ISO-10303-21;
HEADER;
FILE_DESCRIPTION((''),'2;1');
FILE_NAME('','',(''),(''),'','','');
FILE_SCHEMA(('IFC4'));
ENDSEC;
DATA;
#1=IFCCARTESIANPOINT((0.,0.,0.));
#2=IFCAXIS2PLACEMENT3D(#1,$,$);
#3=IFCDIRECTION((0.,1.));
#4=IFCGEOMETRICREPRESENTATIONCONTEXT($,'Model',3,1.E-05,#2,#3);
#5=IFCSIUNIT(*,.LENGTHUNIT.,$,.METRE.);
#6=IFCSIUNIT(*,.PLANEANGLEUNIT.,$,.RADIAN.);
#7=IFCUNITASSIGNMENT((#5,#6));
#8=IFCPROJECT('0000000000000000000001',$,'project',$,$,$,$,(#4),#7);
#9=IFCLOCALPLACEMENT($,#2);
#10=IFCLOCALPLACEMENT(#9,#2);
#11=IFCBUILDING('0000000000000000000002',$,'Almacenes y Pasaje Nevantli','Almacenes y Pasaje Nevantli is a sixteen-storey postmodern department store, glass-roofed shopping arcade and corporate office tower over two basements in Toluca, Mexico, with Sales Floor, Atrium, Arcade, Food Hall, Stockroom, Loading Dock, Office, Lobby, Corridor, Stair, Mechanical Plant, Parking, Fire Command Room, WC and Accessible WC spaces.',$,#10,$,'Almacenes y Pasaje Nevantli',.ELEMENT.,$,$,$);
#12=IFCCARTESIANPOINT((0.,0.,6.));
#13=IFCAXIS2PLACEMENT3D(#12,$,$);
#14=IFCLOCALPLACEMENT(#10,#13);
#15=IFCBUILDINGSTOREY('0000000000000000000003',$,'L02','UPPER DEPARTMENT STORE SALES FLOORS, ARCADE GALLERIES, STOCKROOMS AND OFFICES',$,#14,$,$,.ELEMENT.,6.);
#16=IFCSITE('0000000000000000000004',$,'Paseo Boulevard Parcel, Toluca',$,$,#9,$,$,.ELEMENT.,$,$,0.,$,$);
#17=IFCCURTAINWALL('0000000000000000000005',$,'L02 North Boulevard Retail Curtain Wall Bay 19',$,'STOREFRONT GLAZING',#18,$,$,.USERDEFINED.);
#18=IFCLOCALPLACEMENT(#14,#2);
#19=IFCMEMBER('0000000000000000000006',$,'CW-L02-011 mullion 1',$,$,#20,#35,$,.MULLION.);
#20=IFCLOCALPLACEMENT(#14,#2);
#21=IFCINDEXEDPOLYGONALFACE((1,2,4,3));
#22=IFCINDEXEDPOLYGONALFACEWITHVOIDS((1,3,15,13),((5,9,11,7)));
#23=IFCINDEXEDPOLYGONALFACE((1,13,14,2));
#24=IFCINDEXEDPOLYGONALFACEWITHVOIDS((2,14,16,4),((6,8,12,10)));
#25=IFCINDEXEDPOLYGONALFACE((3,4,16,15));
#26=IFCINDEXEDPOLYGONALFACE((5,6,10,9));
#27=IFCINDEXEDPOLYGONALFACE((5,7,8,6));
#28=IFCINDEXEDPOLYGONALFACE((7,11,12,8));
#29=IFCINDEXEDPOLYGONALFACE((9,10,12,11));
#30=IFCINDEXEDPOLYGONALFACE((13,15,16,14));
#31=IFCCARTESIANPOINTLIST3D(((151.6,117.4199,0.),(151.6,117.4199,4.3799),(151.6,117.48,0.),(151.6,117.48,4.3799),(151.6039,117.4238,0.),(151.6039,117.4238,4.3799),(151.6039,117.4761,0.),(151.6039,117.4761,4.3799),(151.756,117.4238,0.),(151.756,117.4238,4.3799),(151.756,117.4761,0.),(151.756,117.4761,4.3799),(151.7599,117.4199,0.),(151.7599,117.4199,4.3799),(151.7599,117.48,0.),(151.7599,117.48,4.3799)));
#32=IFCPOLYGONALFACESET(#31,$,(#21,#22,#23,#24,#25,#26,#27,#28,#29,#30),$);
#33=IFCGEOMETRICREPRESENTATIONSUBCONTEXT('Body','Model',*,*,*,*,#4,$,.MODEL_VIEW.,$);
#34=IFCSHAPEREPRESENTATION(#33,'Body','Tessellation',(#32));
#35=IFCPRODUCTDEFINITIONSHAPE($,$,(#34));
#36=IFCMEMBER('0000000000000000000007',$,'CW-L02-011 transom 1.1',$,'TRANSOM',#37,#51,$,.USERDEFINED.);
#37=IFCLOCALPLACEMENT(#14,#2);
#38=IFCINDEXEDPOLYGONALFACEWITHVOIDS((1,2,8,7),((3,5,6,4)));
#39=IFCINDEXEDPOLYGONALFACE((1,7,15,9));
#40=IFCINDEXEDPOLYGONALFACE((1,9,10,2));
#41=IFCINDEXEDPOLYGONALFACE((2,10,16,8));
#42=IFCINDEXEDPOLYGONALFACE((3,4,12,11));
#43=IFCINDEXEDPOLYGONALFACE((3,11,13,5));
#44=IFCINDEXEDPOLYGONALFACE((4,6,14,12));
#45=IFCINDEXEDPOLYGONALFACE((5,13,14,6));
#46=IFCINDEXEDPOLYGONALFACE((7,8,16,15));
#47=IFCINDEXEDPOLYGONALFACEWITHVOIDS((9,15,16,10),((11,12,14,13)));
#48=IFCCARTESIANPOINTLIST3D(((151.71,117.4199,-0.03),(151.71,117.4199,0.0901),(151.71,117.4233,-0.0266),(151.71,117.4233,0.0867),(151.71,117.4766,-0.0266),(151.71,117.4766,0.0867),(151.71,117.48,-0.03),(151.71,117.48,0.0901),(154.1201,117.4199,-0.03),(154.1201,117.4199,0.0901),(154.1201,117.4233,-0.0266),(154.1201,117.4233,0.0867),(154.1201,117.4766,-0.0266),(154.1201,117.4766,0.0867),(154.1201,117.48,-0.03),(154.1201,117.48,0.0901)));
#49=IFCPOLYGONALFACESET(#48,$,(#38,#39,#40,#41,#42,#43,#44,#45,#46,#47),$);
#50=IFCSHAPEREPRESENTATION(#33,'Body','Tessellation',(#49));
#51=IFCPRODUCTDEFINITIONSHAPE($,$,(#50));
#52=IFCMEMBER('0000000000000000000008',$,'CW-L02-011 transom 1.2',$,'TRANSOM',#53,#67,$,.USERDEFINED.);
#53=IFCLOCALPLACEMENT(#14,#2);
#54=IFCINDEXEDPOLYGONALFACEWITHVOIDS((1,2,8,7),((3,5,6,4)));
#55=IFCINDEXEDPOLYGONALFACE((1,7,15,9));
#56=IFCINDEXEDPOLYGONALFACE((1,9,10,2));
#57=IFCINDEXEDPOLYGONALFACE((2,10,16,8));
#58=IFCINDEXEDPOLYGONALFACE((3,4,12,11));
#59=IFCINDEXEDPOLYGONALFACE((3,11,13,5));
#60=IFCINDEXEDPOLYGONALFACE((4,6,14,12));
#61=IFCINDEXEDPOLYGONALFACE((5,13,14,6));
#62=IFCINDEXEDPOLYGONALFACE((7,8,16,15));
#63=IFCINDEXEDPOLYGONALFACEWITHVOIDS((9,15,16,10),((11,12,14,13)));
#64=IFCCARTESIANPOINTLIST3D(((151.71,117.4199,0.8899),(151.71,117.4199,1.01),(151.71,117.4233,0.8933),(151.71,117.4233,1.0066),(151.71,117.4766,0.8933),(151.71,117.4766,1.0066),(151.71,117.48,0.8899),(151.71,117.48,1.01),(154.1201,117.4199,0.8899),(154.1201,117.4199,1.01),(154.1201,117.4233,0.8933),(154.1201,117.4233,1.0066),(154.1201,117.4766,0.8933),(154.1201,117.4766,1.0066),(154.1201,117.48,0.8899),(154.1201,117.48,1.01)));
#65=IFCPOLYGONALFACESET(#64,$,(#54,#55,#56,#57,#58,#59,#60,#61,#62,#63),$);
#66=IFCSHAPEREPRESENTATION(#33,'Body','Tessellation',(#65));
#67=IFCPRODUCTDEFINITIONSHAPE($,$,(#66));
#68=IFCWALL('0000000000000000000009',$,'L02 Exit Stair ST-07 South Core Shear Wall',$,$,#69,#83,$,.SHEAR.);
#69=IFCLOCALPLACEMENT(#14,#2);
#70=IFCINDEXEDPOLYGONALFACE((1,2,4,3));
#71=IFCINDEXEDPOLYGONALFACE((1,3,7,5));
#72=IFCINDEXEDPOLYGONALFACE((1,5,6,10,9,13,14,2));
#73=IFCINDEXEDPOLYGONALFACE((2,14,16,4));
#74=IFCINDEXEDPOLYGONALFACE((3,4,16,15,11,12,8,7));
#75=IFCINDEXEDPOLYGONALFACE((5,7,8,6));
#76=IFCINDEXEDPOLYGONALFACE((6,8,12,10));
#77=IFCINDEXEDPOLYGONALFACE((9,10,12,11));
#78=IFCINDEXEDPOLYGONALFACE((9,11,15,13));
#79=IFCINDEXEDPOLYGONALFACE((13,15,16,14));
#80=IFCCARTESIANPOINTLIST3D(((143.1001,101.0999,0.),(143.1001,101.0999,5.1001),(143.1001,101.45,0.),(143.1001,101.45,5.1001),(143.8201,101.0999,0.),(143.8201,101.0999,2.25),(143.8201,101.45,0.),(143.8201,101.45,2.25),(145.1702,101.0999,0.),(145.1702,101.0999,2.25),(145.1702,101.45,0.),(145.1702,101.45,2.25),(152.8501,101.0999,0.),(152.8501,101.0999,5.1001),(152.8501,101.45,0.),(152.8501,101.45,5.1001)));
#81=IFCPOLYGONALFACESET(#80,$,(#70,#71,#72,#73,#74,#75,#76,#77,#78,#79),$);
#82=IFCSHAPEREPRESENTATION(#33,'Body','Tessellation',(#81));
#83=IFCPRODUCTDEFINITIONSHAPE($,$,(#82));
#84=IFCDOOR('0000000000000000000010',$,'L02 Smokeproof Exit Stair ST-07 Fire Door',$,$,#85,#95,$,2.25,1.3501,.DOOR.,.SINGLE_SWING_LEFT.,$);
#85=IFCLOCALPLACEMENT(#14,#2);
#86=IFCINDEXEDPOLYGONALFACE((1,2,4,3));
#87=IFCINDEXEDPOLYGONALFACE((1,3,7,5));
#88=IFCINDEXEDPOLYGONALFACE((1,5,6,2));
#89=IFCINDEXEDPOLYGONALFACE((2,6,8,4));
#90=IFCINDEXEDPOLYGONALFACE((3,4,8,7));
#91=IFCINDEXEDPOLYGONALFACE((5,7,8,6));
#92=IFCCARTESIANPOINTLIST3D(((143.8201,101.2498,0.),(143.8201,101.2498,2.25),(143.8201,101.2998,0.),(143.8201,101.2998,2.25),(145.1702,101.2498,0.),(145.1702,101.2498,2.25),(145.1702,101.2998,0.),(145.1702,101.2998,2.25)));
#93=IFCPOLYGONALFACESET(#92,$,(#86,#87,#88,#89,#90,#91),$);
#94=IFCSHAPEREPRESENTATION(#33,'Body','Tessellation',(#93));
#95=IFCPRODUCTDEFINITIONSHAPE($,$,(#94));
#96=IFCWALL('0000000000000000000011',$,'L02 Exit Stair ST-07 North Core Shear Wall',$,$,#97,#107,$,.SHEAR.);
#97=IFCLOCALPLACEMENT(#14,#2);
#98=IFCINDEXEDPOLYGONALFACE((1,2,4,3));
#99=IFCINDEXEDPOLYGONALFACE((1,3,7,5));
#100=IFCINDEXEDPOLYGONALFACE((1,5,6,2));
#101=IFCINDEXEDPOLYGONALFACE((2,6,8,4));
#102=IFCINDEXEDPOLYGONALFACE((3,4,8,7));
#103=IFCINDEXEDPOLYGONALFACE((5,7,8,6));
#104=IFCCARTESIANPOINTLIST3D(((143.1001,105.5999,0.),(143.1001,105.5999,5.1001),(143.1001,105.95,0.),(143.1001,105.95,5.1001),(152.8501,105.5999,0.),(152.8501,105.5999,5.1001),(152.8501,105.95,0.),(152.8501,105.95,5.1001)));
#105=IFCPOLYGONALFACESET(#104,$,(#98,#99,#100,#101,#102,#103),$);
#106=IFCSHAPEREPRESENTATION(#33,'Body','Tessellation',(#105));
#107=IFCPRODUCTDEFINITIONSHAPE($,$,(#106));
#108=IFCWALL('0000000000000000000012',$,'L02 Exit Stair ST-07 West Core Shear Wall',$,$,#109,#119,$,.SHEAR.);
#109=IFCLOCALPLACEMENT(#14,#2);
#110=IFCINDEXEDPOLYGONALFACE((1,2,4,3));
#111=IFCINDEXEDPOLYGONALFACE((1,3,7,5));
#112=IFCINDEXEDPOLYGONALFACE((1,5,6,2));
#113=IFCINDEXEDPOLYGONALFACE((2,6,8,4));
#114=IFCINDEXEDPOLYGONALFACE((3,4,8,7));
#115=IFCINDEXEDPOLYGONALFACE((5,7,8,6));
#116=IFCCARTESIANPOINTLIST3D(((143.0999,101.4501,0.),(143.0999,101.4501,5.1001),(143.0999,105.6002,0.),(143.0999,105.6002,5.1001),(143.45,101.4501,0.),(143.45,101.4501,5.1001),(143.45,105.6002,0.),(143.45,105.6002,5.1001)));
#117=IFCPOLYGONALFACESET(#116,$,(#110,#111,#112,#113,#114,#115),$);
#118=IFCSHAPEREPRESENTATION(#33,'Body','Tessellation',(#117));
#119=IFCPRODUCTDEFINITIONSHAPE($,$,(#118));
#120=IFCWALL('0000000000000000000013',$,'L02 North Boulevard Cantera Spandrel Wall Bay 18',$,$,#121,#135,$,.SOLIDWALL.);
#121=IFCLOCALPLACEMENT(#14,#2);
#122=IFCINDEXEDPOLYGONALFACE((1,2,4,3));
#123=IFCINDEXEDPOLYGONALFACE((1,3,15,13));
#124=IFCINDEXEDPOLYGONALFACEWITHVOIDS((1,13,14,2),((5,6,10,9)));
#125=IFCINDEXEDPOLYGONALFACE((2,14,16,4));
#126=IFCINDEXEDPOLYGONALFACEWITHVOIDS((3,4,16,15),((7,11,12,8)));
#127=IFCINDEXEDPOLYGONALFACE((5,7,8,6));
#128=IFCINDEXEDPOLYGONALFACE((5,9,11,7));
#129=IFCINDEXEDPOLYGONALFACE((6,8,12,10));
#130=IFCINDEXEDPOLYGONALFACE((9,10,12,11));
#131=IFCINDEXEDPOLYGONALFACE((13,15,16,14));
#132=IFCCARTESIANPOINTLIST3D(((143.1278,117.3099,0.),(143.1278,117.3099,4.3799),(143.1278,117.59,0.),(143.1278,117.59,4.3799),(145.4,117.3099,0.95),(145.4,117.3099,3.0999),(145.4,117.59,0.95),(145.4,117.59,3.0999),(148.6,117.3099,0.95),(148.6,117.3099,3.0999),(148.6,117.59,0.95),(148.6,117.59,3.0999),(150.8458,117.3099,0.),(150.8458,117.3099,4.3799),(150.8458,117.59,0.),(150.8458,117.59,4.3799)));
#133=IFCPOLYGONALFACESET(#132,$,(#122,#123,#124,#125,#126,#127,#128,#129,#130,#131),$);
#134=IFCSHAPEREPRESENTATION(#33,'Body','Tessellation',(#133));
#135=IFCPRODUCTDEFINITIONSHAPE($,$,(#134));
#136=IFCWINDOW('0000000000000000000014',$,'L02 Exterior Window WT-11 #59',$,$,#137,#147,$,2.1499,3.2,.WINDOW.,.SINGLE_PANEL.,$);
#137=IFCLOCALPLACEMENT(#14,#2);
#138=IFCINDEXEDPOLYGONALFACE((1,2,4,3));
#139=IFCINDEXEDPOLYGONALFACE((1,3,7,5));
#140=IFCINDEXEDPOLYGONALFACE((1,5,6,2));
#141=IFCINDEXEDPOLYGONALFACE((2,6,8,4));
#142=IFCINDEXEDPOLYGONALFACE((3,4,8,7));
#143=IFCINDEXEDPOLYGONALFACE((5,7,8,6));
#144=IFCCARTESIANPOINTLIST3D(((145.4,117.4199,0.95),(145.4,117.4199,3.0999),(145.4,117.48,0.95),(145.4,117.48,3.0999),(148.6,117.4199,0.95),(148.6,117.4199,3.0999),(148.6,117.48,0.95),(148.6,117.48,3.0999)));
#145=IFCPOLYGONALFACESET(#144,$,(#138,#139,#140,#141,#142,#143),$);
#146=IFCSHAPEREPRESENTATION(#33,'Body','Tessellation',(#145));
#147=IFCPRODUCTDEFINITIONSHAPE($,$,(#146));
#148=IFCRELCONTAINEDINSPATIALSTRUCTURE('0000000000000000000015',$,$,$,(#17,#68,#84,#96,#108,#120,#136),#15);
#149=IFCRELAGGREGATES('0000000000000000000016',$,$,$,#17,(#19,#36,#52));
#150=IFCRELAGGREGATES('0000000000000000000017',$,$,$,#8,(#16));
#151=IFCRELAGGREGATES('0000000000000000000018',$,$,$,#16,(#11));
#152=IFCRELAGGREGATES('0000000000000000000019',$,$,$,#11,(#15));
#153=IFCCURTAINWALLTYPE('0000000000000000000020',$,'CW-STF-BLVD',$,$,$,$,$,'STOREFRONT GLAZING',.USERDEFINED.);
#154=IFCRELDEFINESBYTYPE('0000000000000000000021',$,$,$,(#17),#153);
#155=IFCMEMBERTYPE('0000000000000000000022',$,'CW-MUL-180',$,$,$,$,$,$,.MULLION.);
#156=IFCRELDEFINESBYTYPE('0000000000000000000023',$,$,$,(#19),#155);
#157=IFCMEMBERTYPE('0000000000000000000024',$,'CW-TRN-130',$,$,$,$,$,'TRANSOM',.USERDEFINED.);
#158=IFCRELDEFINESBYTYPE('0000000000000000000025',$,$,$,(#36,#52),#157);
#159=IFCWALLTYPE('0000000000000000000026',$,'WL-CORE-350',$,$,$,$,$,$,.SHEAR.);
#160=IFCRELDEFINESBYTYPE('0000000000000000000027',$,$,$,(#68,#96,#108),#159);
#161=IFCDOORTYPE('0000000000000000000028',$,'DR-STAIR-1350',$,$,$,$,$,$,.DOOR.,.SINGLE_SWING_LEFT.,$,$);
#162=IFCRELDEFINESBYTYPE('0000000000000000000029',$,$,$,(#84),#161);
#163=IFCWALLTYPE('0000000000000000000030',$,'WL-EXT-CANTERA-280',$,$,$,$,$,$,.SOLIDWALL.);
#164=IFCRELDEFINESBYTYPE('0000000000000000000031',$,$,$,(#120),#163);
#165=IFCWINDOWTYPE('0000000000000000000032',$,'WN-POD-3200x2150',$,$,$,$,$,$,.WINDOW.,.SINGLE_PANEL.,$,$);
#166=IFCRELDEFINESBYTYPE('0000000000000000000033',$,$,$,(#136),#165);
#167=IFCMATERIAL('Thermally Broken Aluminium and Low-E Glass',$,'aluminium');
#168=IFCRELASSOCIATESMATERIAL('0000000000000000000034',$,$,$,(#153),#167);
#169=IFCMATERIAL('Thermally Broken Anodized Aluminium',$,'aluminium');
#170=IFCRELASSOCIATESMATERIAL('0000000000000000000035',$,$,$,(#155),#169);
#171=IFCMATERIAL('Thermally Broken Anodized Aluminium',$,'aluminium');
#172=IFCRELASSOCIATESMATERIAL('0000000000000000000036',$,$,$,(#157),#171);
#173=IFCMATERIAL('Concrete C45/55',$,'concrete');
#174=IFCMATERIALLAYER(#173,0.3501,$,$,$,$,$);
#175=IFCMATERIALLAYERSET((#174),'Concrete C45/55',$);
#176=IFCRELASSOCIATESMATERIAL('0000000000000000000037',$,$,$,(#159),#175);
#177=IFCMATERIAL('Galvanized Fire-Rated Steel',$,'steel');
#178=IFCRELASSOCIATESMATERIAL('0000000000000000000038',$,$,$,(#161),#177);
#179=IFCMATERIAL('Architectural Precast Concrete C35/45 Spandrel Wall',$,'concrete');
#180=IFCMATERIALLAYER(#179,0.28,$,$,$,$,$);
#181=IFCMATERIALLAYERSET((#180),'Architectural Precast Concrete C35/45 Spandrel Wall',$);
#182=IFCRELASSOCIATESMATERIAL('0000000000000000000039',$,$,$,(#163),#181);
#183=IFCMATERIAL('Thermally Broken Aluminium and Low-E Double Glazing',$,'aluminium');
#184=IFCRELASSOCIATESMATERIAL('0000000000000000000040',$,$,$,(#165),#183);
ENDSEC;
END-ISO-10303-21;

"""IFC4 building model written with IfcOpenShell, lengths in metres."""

from ifc_helpers import new_model, si_unit, direction, frame, frame_2d, origin, origin_2d, place, context, subcontext, project, spatial, rectangle, hollow_rectangle, extrude, material, layer, layer_set, material_profile, profile_set, type_object, element, fill, aggregate, save


model = new_model("IFC4")

# Units and contexts
model_context = context("Model", 3, precision=1e-05, world=origin(), true_north=direction((0.0, 1.0)))
body_context = subcontext(model_context, "Body", "Model", "MODEL_VIEW")
ifc_project = project(units=[si_unit("LENGTHUNIT", "METRE"), si_unit("PLANEANGLEUNIT", "RADIAN")], contexts=[model_context])

# Site, building, storey
site_placement = place(None, origin())
site = spatial("IfcSite", under=ifc_project, at=site_placement, Name="Paseo Boulevard Parcel, Toluca", CompositionType="ELEMENT", RefElevation=0.0)
building_placement = place(site_placement, origin())
building = spatial("IfcBuilding", under=site, at=building_placement, Name="Almacenes y Pasaje Nevantli", Description="Almacenes y Pasaje Nevantli is a sixteen-storey postmodern department store, glass-roofed shopping arcade and corporate office tower over two basements in Toluca, Mexico, with Sales Floor, Atrium, Arcade, Food Hall, Stockroom, Loading Dock, Office, Lobby, Corridor, Stair, Mechanical Plant, Parking, Fire Command Room, WC and Accessible WC spaces.", LongName="Almacenes y Pasaje Nevantli", CompositionType="ELEMENT")
storey_placement = place(building_placement, frame((0.0, 0.0, 6.0)))
storey = spatial("IfcBuildingStorey", under=building, at=storey_placement, Name="L02", Description="UPPER DEPARTMENT STORE SALES FLOORS, ARCADE GALLERIES, STOCKROOMS AND OFFICES", CompositionType="ELEMENT", Elevation=6.0)

# Curtain wall, members
ifc_material_1 = material(Name="Thermally Broken Aluminium and Low-E Glass", Category="aluminium")
curtain_wall_type = type_object("IfcCurtainWallType", Name="CW-STF-BLVD", ElementType="STOREFRONT GLAZING", PredefinedType="USERDEFINED", material=ifc_material_1)
curtain_wall_placement = place(storey_placement, origin())
curtain_wall = element("IfcCurtainWall", 1, at=curtain_wall_placement, inside=storey, type_object=curtain_wall_type, Name="L02 North Boulevard Retail Curtain Wall Bay 19", ObjectType="STOREFRONT GLAZING", PredefinedType="USERDEFINED")
ifc_material_2 = material(Name="Thermally Broken Anodized Aluminium", Category="aluminium")
ifc_material_profile_1 = material_profile(ifc_material_2, hollow_rectangle(XDim=0.0601, YDim=0.1599, WallThickness=0.0039, at=origin_2d()), Name="ALU-MUL-60x160")
ifc_profile_set_1 = profile_set([ifc_material_profile_1], Name="Thermally Broken Anodized Aluminium")
member_type_1 = type_object("IfcMemberType", Name="CW-MUL-180", PredefinedType="MULLION", material=ifc_profile_set_1)
member_1_placement = place(storey_placement, frame((151.6799, 117.45, 0.0), z_axis=(0.0, 0.0, 1.0), x_axis=(0.0, 1.0, 0.0)))
member_1 = element("IfcMember", 2, at=member_1_placement, type_object=member_type_1, Name="CW-L02-011 mullion 1", PredefinedType="MULLION", context=body_context, shape_type="SweptSolid", body=[
    extrude(hollow_rectangle(XDim=0.0601, YDim=0.1599, WallThickness=0.0039, at=origin_2d()), origin(), (0.0, 0.0, 1.0), 4.3799),
])
ifc_material_3 = material(Name="Thermally Broken Anodized Aluminium", Category="aluminium")
ifc_material_profile_2 = material_profile(ifc_material_3, hollow_rectangle(XDim=0.0601, YDim=0.1201, WallThickness=0.0034, at=origin_2d()), Name="ALU-TRN-60x120")
ifc_profile_set_2 = profile_set([ifc_material_profile_2], Name="Thermally Broken Anodized Aluminium")
member_type_2 = type_object("IfcMemberType", Name="CW-TRN-130", ElementType="TRANSOM", PredefinedType="USERDEFINED", material=ifc_profile_set_2)
member_2_placement = place(storey_placement, frame((151.71, 117.45, 0.03), z_axis=(1.0, 0.0, 0.0), x_axis=(0.0, 1.0, 0.0)))
member_2 = element("IfcMember", 3, at=member_2_placement, type_object=member_type_2, Name="CW-L02-011 transom 1.1", ObjectType="TRANSOM", PredefinedType="USERDEFINED", context=body_context, shape_type="SweptSolid", body=[
    extrude(hollow_rectangle(XDim=0.0601, YDim=0.1201, WallThickness=0.0034, at=origin_2d()), origin(), (0.0, 0.0, 1.0), 2.4102),
])
member_3_placement = place(storey_placement, frame((151.71, 117.45, 0.95), z_axis=(1.0, 0.0, 0.0), x_axis=(0.0, 1.0, 0.0)))
member_3 = element("IfcMember", 4, at=member_3_placement, type_object=member_type_2, Name="CW-L02-011 transom 1.2", ObjectType="TRANSOM", PredefinedType="USERDEFINED", context=body_context, shape_type="SweptSolid", body=[
    extrude(hollow_rectangle(XDim=0.0601, YDim=0.1201, WallThickness=0.0034, at=origin_2d()), origin(), (0.0, 0.0, 1.0), 2.4102),
])
aggregate(curtain_wall, [member_1, member_2, member_3])

# Wall, opening, door
ifc_material_4 = material(Name="Concrete C45/55", Category="concrete")
ifc_layer_1 = layer(ifc_material_4, 0.3501)
ifc_layer_set_1 = layer_set([ifc_layer_1], Name="Concrete C45/55")
wall_type_1 = type_object("IfcWallType", Name="WL-CORE-350", PredefinedType="SHEAR", material=ifc_layer_set_1)
wall_1_placement = place(storey_placement, frame((143.1001, 101.2749, 0.0), z_axis=(0.0, 0.0, 1.0), x_axis=(1.0, 0.0, 0.0)))
wall_1 = element("IfcWall", 5, at=wall_1_placement, inside=storey, type_object=wall_type_1, Name="L02 Exit Stair ST-07 South Core Shear Wall", PredefinedType="SHEAR", context=body_context, shape_type="SweptSolid", body=[
    extrude(rectangle(XDim=9.75, YDim=0.3501, at=frame_2d((4.875, 0.0))), origin(), (0.0, 0.0, 1.0), 5.1001),
])
opening_1_placement = place(wall_1_placement, frame((0.72, 0.0, 0.0)))
opening_1 = element("IfcOpeningElement", 6, at=opening_1_placement, cuts=wall_1, PredefinedType="OPENING", context=body_context, shape_type="SweptSolid", body=[
    extrude(rectangle(XDim=1.3501, YDim=2.25, at=frame_2d((0.675, 1.125))), frame((0.0, 0.1851, 0.0), z_axis=(0.0, -1.0, 0.0), x_axis=(1.0, 0.0, 0.0)), (0.0, 0.0, 1.0), 0.3701),
])
ifc_material_5 = material(Name="Galvanized Fire-Rated Steel", Category="steel")
door_type = type_object("IfcDoorType", Name="DR-STAIR-1350", OperationType="SINGLE_SWING_LEFT", PredefinedType="DOOR", material=ifc_material_5)
door_placement = place(opening_1_placement, origin())
door = element("IfcDoor", 7, at=door_placement, inside=storey, type_object=door_type, Name="L02 Smokeproof Exit Stair ST-07 Fire Door", OperationType="SINGLE_SWING_LEFT", OverallHeight=2.25, OverallWidth=1.3501, PredefinedType="DOOR", context=body_context, shape_type="SweptSolid", body=[
    extrude(rectangle(XDim=1.3501, YDim=2.25, at=frame_2d((0.675, 1.125))), frame((0.0, 0.0249, 0.0), z_axis=(0.0, -1.0, 0.0), x_axis=(1.0, 0.0, 0.0)), (0.0, 0.0, 1.0), 0.05),
])
fill(opening_1, door)

# Walls
wall_2_placement = place(storey_placement, frame((143.1001, 105.7749, 0.0), z_axis=(0.0, 0.0, 1.0), x_axis=(1.0, 0.0, 0.0)))
element("IfcWall", 8, at=wall_2_placement, inside=storey, type_object=wall_type_1, Name="L02 Exit Stair ST-07 North Core Shear Wall", PredefinedType="SHEAR", context=body_context, shape_type="SweptSolid", body=[
    extrude(rectangle(XDim=9.75, YDim=0.3501, at=frame_2d((4.875, 0.0))), origin(), (0.0, 0.0, 1.0), 5.1001),
])
wall_3_placement = place(storey_placement, frame((143.2749, 101.45, 0.0), z_axis=(0.0, 0.0, 1.0), x_axis=(0.0, 1.0, 0.0)))
element("IfcWall", 9, at=wall_3_placement, inside=storey, type_object=wall_type_1, Name="L02 Exit Stair ST-07 West Core Shear Wall", PredefinedType="SHEAR", context=body_context, shape_type="SweptSolid", body=[
    extrude(rectangle(XDim=4.1501, YDim=0.3501, at=frame_2d((2.0752, 0.0))), origin(), (0.0, 0.0, 1.0), 5.1001),
])

# Wall, opening, window
ifc_material_6 = material(Name="Architectural Precast Concrete C35/45 Spandrel Wall", Category="concrete")
ifc_layer_2 = layer(ifc_material_6, 0.28)
ifc_layer_set_2 = layer_set([ifc_layer_2], Name="Architectural Precast Concrete C35/45 Spandrel Wall")
wall_type_2 = type_object("IfcWallType", Name="WL-EXT-CANTERA-280", PredefinedType="SOLIDWALL", material=ifc_layer_set_2)
wall_4_placement = place(storey_placement, frame((143.1279, 117.45, 0.0), z_axis=(0.0, 0.0, 1.0), x_axis=(1.0, 0.0, 0.0)))
wall_4 = element("IfcWall", 10, at=wall_4_placement, inside=storey, type_object=wall_type_2, Name="L02 North Boulevard Cantera Spandrel Wall Bay 18", PredefinedType="SOLIDWALL", context=body_context, shape_type="SweptSolid", body=[
    extrude(rectangle(XDim=7.718, YDim=0.28, at=frame_2d((3.8589, 0.0))), origin(), (0.0, 0.0, 1.0), 4.3799),
])
opening_2_placement = place(wall_4_placement, frame((2.272, 0.0, 0.95)))
opening_2 = element("IfcOpeningElement", 11, at=opening_2_placement, cuts=wall_4, PredefinedType="OPENING", context=body_context, shape_type="SweptSolid", body=[
    extrude(rectangle(XDim=3.2, YDim=2.1499, at=frame_2d((1.6001, 1.075))), frame((0.0, 0.1499, 0.0), z_axis=(0.0, -1.0, 0.0), x_axis=(1.0, 0.0, 0.0)), (0.0, 0.0, 1.0), 0.3),
])
ifc_material_7 = material(Name="Thermally Broken Aluminium and Low-E Double Glazing", Category="aluminium")
window_type = type_object("IfcWindowType", Name="WN-POD-3200x2150", PartitioningType="SINGLE_PANEL", PredefinedType="WINDOW", material=ifc_material_7)
window_placement = place(opening_2_placement, origin())
window = element("IfcWindow", 12, at=window_placement, inside=storey, type_object=window_type, Name="L02 Exterior Window WT-11 #59", OverallHeight=2.1499, OverallWidth=3.2, PartitioningType="SINGLE_PANEL", PredefinedType="WINDOW", context=body_context, shape_type="SweptSolid", body=[
    extrude(rectangle(XDim=3.2, YDim=2.1499, at=frame_2d((1.6001, 1.075))), frame((0.0, 0.03, 0.0), z_axis=(0.0, -1.0, 0.0), x_axis=(1.0, 0.0, 0.0)), (0.0, 0.0, 1.0), 0.0601),
])
fill(opening_2, window)

save(model, "model.ifc")
